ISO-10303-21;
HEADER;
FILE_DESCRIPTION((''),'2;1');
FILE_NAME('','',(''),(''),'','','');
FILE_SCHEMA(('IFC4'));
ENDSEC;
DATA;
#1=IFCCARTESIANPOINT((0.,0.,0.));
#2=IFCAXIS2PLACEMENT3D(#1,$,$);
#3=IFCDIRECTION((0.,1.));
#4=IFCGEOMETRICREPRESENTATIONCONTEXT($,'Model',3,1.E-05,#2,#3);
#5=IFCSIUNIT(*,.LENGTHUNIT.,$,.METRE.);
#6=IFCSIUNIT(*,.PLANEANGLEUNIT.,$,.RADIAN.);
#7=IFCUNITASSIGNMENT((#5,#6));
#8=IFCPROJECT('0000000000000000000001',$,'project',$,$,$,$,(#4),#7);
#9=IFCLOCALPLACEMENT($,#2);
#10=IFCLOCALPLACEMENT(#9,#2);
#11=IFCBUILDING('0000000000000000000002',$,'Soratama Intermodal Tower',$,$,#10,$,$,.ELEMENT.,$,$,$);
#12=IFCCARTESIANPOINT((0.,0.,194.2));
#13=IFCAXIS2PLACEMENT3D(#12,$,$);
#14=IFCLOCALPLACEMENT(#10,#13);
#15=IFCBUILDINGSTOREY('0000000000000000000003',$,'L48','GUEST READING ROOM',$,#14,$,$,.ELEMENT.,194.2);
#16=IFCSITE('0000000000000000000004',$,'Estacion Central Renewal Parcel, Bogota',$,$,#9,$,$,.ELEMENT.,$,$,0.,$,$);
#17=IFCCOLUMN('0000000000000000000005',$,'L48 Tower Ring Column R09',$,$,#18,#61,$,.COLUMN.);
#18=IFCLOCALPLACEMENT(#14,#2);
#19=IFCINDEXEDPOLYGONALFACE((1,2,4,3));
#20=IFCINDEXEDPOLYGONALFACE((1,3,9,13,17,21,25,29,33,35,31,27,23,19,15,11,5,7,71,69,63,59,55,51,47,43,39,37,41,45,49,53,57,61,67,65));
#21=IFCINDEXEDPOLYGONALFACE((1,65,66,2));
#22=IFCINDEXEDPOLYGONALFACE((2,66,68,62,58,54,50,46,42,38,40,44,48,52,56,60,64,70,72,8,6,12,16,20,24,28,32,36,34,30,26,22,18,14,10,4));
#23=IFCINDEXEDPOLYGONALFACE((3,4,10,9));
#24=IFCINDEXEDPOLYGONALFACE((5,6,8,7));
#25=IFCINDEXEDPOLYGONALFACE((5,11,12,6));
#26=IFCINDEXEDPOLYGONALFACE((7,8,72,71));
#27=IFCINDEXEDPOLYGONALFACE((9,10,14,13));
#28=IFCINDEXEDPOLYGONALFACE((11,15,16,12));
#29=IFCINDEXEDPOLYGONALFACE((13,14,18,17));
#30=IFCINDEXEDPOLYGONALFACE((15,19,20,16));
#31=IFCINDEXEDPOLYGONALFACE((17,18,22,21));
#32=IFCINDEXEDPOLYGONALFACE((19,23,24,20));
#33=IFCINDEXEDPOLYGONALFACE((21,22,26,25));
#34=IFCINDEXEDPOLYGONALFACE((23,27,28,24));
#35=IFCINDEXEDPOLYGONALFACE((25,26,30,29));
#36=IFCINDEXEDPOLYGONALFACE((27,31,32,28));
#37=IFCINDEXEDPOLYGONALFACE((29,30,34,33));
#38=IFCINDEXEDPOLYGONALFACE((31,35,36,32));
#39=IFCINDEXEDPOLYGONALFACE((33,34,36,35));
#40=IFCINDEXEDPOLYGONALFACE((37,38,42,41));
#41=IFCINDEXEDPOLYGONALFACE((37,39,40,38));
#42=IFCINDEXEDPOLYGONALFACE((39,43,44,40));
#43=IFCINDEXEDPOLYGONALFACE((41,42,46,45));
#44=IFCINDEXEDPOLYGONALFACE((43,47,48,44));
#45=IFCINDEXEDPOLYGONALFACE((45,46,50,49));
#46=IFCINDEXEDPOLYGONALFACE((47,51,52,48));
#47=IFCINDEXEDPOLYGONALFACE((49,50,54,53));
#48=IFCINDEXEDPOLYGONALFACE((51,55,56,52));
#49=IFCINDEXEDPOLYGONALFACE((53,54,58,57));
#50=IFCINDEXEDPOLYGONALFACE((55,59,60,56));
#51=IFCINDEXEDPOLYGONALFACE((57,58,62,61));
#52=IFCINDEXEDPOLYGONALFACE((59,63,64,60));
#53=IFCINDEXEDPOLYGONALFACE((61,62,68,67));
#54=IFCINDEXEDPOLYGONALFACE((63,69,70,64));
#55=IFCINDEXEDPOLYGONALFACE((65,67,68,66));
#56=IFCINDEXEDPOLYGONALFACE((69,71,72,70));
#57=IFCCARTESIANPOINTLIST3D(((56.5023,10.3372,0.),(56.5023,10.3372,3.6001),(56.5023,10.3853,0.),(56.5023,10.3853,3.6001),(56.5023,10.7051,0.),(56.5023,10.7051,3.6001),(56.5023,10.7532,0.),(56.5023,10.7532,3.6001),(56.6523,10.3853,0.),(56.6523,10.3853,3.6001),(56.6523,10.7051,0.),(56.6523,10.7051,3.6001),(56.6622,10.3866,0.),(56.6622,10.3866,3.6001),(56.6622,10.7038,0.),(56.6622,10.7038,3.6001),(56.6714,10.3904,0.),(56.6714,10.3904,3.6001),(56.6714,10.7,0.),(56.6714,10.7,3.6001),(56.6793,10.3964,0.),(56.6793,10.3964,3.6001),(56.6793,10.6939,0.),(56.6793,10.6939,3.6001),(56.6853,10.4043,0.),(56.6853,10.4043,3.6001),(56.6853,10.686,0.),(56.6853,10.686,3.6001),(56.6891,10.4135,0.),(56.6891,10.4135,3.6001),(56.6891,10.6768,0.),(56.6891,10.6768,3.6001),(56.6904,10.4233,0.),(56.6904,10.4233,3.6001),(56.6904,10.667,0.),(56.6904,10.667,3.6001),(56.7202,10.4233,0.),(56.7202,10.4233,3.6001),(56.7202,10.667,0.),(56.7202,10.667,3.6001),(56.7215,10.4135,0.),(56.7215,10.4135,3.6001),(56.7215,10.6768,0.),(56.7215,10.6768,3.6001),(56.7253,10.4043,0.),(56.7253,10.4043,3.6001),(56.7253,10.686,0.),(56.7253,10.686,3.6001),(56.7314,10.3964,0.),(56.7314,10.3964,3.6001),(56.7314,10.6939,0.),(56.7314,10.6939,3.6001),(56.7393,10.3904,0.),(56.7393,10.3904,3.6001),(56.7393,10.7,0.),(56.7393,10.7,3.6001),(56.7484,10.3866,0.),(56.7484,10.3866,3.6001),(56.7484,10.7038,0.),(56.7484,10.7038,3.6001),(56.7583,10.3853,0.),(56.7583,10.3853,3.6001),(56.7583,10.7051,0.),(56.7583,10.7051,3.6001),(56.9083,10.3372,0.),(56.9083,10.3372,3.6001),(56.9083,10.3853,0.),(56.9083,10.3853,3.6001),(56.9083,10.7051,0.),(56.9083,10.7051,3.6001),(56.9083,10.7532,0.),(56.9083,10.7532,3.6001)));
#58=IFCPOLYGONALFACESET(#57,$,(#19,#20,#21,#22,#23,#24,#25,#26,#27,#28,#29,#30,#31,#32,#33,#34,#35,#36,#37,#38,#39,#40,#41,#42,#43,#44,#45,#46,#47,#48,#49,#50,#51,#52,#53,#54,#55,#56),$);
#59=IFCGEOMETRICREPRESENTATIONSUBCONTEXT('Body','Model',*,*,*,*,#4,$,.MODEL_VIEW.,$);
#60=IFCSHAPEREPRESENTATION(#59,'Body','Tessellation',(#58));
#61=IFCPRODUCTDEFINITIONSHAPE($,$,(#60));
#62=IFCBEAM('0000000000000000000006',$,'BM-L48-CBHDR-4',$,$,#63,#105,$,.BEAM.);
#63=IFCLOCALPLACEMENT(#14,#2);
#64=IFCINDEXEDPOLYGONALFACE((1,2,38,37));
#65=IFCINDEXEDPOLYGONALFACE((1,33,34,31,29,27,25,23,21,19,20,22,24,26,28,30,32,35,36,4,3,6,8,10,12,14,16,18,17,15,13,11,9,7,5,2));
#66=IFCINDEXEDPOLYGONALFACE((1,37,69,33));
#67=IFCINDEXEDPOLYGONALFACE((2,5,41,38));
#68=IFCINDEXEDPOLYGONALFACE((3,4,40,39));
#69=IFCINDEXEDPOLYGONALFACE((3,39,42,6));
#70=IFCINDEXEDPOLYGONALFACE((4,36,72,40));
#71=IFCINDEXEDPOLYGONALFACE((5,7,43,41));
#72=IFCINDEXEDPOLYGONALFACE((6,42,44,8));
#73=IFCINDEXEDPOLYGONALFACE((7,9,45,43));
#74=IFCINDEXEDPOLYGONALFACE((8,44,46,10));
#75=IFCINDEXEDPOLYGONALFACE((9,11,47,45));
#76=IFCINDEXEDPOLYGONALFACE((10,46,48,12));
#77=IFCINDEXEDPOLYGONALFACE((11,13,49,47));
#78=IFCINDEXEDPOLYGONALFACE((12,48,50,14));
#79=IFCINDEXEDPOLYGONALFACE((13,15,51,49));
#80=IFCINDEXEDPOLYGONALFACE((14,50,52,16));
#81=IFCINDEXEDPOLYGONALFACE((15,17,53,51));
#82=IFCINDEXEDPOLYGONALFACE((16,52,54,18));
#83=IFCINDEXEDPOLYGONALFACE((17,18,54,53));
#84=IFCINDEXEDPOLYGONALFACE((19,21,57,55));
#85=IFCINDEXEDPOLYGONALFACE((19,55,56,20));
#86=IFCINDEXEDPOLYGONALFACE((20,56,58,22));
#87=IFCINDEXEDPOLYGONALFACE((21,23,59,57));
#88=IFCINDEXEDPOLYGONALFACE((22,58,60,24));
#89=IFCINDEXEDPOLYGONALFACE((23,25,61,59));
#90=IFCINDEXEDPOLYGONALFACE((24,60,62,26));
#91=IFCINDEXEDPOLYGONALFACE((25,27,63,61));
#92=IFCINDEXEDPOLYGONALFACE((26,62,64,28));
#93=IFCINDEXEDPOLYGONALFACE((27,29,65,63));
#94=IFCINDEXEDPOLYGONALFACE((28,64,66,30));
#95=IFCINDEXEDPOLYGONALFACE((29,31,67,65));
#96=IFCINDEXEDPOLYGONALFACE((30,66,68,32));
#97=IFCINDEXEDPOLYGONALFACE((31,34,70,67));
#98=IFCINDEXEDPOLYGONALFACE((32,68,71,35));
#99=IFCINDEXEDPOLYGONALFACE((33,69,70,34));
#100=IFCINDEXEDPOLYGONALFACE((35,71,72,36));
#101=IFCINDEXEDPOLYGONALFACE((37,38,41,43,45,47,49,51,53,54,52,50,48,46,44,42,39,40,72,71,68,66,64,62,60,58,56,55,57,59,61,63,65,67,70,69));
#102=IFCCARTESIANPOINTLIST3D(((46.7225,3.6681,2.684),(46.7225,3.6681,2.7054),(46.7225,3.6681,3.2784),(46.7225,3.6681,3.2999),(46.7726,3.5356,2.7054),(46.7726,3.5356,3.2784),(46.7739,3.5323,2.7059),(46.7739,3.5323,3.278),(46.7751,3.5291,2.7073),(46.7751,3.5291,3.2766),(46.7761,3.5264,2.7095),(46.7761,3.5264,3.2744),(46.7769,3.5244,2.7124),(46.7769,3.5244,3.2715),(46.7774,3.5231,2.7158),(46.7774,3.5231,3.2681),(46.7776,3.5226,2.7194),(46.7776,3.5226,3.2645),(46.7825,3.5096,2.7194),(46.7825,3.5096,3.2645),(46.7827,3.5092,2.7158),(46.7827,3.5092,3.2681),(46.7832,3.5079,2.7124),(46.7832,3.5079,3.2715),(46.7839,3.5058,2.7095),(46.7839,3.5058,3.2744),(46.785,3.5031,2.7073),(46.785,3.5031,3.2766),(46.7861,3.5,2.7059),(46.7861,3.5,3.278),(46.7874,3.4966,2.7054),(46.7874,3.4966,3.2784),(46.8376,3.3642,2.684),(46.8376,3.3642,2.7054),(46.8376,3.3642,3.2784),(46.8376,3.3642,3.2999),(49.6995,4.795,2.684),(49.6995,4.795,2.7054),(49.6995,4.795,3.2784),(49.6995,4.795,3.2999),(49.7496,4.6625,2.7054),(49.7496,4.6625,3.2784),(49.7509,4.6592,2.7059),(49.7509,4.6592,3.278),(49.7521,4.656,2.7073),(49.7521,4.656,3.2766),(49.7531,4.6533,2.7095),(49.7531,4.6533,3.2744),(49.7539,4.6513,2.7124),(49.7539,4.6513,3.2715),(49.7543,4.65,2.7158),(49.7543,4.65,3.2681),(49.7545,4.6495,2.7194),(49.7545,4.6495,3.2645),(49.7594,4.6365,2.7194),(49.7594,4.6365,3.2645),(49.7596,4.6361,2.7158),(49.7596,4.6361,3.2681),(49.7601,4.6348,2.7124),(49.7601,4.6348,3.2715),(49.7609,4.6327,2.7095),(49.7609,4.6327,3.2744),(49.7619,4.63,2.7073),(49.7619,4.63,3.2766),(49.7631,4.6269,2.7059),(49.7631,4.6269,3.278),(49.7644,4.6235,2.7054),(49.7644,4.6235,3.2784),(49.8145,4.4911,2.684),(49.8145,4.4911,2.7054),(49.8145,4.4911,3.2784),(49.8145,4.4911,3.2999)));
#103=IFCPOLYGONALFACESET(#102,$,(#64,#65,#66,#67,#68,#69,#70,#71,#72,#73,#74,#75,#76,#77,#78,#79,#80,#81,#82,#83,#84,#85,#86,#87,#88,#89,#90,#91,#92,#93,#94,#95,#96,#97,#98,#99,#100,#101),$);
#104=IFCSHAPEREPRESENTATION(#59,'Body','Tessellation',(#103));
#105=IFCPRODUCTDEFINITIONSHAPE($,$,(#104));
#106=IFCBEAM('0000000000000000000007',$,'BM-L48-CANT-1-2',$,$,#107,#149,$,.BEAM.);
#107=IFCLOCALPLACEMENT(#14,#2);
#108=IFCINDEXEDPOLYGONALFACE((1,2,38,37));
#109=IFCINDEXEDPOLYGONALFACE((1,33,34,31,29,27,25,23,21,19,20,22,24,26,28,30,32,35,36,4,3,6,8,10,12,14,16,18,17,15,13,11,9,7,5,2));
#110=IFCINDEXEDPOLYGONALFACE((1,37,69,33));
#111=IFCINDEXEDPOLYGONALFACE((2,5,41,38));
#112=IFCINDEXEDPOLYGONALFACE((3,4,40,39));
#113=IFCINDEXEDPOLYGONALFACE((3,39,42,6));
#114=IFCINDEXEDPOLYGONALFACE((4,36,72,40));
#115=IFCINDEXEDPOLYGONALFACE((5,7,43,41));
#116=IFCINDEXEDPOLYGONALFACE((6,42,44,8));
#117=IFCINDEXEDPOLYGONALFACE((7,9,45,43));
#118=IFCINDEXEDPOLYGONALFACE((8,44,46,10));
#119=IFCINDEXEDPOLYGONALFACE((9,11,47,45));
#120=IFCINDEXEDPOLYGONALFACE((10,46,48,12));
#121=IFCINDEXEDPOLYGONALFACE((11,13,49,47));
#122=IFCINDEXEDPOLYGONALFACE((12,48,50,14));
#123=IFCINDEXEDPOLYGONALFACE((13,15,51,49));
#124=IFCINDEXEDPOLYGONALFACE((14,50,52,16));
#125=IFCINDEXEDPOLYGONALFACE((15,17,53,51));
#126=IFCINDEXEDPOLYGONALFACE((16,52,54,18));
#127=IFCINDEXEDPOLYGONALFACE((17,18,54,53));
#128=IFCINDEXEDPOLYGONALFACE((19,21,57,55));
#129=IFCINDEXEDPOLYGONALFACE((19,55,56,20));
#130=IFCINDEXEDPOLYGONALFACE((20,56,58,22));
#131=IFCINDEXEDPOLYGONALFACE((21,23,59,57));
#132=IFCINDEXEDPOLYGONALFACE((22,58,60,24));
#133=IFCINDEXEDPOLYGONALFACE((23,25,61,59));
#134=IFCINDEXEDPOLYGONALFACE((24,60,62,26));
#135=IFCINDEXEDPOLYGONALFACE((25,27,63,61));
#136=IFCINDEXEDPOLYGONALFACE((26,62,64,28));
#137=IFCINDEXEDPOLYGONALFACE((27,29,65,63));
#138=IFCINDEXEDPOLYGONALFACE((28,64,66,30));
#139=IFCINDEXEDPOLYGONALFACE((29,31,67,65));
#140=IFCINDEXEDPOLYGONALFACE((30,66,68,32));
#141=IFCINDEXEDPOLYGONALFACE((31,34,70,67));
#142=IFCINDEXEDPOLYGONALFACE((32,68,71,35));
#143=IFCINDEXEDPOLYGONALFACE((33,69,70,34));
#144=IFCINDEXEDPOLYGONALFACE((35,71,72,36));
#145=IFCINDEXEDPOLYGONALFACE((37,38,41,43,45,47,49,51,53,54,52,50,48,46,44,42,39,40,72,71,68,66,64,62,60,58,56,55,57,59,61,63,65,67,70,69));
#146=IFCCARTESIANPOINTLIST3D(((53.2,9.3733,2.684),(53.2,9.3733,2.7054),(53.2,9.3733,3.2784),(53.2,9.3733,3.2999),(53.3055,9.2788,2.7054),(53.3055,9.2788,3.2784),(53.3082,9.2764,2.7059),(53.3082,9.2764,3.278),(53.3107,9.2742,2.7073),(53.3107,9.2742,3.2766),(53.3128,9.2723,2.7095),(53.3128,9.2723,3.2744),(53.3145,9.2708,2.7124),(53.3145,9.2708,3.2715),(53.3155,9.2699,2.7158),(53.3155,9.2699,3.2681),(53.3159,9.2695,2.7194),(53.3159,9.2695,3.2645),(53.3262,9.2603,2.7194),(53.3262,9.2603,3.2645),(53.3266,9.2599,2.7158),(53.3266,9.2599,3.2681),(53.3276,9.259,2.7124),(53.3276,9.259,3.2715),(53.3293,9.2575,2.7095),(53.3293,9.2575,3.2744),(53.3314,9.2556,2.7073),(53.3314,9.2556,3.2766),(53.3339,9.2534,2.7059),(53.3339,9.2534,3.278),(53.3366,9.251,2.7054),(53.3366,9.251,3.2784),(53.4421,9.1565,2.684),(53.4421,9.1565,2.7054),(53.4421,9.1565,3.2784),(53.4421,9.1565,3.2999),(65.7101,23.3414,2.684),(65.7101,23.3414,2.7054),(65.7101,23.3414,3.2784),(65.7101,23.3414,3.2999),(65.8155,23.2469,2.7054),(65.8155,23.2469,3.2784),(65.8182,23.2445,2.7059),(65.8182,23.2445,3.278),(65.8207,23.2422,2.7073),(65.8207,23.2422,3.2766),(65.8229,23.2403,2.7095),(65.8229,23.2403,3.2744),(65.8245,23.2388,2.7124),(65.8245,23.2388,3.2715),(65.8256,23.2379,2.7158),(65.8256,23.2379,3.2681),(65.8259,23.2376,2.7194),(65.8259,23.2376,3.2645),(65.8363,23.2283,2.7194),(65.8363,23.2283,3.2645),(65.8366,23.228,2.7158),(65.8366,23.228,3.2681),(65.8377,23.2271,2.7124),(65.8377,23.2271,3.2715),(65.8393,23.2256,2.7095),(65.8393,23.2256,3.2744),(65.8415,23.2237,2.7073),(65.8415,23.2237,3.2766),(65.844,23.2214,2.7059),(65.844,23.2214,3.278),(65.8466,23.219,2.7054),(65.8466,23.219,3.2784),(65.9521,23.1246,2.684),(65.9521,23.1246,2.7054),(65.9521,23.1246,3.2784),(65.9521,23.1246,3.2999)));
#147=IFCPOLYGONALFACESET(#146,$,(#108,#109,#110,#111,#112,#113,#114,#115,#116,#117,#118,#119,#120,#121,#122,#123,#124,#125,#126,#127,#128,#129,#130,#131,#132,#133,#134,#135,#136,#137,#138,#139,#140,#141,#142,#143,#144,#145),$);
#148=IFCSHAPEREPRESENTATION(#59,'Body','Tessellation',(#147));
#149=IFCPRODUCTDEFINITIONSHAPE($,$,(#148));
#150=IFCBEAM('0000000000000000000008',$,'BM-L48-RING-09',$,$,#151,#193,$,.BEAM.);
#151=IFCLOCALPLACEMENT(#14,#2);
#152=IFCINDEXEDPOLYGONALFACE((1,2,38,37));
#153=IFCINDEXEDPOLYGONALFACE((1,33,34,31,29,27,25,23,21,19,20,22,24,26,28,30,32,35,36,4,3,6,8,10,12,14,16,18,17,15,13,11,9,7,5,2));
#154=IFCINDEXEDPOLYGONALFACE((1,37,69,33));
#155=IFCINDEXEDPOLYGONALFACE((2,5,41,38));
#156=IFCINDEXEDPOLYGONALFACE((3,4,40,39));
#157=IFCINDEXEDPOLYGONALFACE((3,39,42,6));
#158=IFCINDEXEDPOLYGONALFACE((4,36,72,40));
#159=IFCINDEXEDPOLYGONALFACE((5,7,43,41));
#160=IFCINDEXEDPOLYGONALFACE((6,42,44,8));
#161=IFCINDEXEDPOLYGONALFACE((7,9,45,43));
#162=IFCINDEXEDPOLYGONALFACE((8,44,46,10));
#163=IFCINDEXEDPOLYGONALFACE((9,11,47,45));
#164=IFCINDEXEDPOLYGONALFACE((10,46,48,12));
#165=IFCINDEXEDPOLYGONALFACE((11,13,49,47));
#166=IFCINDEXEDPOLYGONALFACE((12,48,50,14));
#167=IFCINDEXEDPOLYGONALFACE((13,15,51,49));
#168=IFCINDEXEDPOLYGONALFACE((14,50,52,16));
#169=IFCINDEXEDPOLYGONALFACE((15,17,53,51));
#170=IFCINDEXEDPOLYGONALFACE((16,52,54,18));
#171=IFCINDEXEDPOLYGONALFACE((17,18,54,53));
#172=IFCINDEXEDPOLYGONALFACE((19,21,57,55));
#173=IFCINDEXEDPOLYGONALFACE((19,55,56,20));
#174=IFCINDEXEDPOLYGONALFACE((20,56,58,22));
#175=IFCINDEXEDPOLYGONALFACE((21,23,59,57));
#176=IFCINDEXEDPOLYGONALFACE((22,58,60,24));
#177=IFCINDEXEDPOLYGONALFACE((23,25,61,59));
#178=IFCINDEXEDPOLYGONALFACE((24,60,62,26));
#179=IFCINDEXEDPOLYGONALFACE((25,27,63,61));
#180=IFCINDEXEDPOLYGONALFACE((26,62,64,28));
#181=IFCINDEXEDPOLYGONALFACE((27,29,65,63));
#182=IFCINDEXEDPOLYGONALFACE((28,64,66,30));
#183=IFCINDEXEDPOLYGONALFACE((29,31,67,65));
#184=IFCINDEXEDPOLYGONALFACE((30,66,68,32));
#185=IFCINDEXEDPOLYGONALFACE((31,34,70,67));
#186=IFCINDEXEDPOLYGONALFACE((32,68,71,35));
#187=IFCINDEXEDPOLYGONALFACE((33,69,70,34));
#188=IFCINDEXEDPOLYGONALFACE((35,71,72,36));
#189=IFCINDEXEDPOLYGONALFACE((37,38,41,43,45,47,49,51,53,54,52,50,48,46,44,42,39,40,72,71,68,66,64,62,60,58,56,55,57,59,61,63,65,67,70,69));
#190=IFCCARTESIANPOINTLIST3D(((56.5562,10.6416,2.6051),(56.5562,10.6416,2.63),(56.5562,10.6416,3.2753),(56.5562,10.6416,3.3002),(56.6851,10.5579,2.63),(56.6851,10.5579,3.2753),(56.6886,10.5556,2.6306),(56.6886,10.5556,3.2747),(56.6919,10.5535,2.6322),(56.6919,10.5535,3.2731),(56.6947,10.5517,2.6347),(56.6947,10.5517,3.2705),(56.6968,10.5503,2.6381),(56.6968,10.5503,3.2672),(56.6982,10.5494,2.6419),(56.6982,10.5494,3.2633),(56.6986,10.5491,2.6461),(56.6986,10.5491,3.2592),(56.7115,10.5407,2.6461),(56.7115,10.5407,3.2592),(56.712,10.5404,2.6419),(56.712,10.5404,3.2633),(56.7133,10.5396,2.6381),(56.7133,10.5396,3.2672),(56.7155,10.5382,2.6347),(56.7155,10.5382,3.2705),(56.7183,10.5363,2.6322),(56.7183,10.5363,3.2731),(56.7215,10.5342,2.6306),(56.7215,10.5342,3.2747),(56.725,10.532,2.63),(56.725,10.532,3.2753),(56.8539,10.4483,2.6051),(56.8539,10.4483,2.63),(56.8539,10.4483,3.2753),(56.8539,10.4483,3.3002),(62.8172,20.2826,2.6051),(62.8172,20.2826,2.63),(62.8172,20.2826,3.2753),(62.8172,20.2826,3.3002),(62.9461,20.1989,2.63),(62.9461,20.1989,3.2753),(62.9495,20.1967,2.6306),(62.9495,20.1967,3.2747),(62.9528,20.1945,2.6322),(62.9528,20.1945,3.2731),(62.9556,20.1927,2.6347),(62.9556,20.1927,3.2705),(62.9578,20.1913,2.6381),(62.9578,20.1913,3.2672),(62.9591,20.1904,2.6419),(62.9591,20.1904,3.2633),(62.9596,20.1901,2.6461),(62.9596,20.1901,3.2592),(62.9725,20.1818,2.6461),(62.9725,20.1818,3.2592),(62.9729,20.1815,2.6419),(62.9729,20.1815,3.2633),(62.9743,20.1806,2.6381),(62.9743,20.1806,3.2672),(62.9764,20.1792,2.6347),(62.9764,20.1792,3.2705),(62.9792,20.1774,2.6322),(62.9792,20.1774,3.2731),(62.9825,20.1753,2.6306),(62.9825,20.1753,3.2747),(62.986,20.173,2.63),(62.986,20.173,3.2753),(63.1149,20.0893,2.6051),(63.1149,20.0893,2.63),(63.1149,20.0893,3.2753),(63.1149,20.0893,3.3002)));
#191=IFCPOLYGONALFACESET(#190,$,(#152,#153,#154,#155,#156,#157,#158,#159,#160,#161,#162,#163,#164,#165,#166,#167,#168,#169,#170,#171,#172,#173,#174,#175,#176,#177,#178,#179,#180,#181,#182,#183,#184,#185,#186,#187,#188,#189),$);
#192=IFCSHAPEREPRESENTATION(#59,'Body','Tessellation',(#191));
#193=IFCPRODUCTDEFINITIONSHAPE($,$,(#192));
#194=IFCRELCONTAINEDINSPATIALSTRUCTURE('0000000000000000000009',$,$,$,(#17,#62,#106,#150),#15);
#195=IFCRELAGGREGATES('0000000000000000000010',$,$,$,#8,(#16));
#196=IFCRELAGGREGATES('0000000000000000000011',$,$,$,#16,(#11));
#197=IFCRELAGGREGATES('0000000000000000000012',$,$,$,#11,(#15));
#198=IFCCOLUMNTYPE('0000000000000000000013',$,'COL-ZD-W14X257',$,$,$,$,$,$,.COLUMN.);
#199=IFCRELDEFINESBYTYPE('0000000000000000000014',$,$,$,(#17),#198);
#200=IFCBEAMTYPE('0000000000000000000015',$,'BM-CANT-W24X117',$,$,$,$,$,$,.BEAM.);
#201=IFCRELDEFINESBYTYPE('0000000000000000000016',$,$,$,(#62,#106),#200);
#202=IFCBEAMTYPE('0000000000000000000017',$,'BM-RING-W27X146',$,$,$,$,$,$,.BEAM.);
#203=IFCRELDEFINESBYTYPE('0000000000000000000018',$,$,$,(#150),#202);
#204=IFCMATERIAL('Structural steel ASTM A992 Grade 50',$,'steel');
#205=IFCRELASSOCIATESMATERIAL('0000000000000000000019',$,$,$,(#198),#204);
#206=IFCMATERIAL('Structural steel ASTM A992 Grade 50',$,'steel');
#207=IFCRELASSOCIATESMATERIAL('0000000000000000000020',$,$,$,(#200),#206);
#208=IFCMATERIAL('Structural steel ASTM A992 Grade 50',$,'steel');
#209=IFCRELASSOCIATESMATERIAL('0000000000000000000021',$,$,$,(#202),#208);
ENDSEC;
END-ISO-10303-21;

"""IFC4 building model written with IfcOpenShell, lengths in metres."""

from ifc_helpers import new_model, si_unit, direction, frame, origin, origin_2d, place, context, subcontext, project, spatial, i_section, extrude, material, material_profile, profile_set, type_object, element, save


model = new_model("IFC4")

# Units and contexts
model_context = context("Model", 3, precision=1e-05, world=origin(), true_north=direction((0.0, 1.0)))
body_context = subcontext(model_context, "Body", "Model", "MODEL_VIEW")
ifc_project = project(units=[si_unit("LENGTHUNIT", "METRE"), si_unit("PLANEANGLEUNIT", "RADIAN")], contexts=[model_context])

# Site, building, storey
site_placement = place(None, origin())
site = spatial("IfcSite", under=ifc_project, at=site_placement, Name="Estacion Central Renewal Parcel, Bogota", CompositionType="ELEMENT", RefElevation=0.0)
building_placement = place(site_placement, origin())
building = spatial("IfcBuilding", under=site, at=building_placement, Name="Soratama Intermodal Tower", CompositionType="ELEMENT")
storey_placement = place(building_placement, frame((0.0, 0.0, 194.2)))
storey = spatial("IfcBuildingStorey", under=building, at=storey_placement, Name="L48", Description="GUEST READING ROOM", CompositionType="ELEMENT", Elevation=194.2)

# Column
ifc_material_1 = material(Name="Structural steel ASTM A992 Grade 50", Category="steel")
ifc_material_profile_1 = material_profile(ifc_material_1, i_section(OverallWidth=0.406, OverallDepth=0.416, WebThickness=0.0298, FlangeThickness=0.0481, FilletRadius=0.0381, at=origin_2d()), Name="W14X257")
ifc_profile_set_1 = profile_set([ifc_material_profile_1], Name="Structural steel ASTM A992 Grade 50")
column_type = type_object("IfcColumnType", Name="COL-ZD-W14X257", PredefinedType="COLUMN", material=ifc_profile_set_1)
column_placement = place(storey_placement, frame((56.7053, 10.5452, 0.0), z_axis=(0.0, 0.0, 1.0), x_axis=(1.0, 0.0, 0.0)))
element("IfcColumn", 1, at=column_placement, inside=storey, type_object=column_type, Name="L48 Tower Ring Column R09", PredefinedType="COLUMN", context=body_context, shape_type="SweptSolid", body=[
    extrude(i_section(OverallWidth=0.406, OverallDepth=0.416, WebThickness=0.0298, FlangeThickness=0.0481, FilletRadius=0.0381, at=origin_2d()), origin(), (0.0, 0.0, 1.0), 3.6001),
])

# Beams
ifc_material_2 = material(Name="Structural steel ASTM A992 Grade 50", Category="steel")
ifc_material_profile_2 = material_profile(ifc_material_2, i_section(OverallWidth=0.325, OverallDepth=0.616, WebThickness=0.0139, FlangeThickness=0.0215, FilletRadius=0.0139, at=origin_2d()), Name="W24X117")
ifc_profile_set_2 = profile_set([ifc_material_profile_2], Name="Structural steel ASTM A992 Grade 50")
beam_type_1 = type_object("IfcBeamType", Name="BM-CANT-W24X117", PredefinedType="BEAM", material=ifc_profile_set_2)
beam_1_placement = place(storey_placement, frame((46.78, 3.5161, 2.9919), z_axis=(0.935234, 0.35403, 0.0), x_axis=(-0.35403, 0.935234, 0.0)))
element("IfcBeam", 2, at=beam_1_placement, inside=storey, type_object=beam_type_1, Name="BM-L48-CBHDR-4", PredefinedType="BEAM", context=body_context, shape_type="SweptSolid", body=[
    extrude(i_section(OverallWidth=0.325, OverallDepth=0.616, WebThickness=0.0139, FlangeThickness=0.0215, FilletRadius=0.0139, at=origin_2d()), origin(), (0.0, 0.0, 1.0), 3.1831),
])
beam_2_placement = place(storey_placement, frame((53.321, 9.2649, 2.9919), z_axis=(0.667159, 0.744915, 0.0), x_axis=(-0.744915, 0.667159, 0.0)))
element("IfcBeam", 3, at=beam_2_placement, inside=storey, type_object=beam_type_1, Name="BM-L48-CANT-1-2", PredefinedType="BEAM", context=body_context, shape_type="SweptSolid", body=[
    extrude(i_section(OverallWidth=0.325, OverallDepth=0.616, WebThickness=0.0139, FlangeThickness=0.0215, FilletRadius=0.0139, at=origin_2d()), origin(), (0.0, 0.0, 1.0), 18.7512),
])
ifc_material_3 = material(Name="Structural steel ASTM A992 Grade 50", Category="steel")
ifc_material_profile_3 = material_profile(ifc_material_3, i_section(OverallWidth=0.355, OverallDepth=0.6951, WebThickness=0.0154, FlangeThickness=0.0249, FilletRadius=0.0161, at=origin_2d()), Name="W27X146")
ifc_profile_set_3 = profile_set([ifc_material_profile_3], Name="Structural steel ASTM A992 Grade 50")
beam_type_2 = type_object("IfcBeamType", Name="BM-RING-W27X146", PredefinedType="BEAM", material=ifc_profile_set_3)
beam_3_placement = place(storey_placement, frame((56.7051, 10.5449, 2.9526), z_axis=(0.544637, 0.838672, 0.0), x_axis=(-0.838672, 0.544637, 0.0)))
element("IfcBeam", 4, at=beam_3_placement, inside=storey, type_object=beam_type_2, Name="BM-L48-RING-09", PredefinedType="BEAM", context=body_context, shape_type="SweptSolid", body=[
    extrude(i_section(OverallWidth=0.355, OverallDepth=0.6951, WebThickness=0.0154, FlangeThickness=0.0249, FilletRadius=0.0161, at=origin_2d()), origin(), (0.0, 0.0, 1.0), 11.4956),
])

save(model, "model.ifc")
